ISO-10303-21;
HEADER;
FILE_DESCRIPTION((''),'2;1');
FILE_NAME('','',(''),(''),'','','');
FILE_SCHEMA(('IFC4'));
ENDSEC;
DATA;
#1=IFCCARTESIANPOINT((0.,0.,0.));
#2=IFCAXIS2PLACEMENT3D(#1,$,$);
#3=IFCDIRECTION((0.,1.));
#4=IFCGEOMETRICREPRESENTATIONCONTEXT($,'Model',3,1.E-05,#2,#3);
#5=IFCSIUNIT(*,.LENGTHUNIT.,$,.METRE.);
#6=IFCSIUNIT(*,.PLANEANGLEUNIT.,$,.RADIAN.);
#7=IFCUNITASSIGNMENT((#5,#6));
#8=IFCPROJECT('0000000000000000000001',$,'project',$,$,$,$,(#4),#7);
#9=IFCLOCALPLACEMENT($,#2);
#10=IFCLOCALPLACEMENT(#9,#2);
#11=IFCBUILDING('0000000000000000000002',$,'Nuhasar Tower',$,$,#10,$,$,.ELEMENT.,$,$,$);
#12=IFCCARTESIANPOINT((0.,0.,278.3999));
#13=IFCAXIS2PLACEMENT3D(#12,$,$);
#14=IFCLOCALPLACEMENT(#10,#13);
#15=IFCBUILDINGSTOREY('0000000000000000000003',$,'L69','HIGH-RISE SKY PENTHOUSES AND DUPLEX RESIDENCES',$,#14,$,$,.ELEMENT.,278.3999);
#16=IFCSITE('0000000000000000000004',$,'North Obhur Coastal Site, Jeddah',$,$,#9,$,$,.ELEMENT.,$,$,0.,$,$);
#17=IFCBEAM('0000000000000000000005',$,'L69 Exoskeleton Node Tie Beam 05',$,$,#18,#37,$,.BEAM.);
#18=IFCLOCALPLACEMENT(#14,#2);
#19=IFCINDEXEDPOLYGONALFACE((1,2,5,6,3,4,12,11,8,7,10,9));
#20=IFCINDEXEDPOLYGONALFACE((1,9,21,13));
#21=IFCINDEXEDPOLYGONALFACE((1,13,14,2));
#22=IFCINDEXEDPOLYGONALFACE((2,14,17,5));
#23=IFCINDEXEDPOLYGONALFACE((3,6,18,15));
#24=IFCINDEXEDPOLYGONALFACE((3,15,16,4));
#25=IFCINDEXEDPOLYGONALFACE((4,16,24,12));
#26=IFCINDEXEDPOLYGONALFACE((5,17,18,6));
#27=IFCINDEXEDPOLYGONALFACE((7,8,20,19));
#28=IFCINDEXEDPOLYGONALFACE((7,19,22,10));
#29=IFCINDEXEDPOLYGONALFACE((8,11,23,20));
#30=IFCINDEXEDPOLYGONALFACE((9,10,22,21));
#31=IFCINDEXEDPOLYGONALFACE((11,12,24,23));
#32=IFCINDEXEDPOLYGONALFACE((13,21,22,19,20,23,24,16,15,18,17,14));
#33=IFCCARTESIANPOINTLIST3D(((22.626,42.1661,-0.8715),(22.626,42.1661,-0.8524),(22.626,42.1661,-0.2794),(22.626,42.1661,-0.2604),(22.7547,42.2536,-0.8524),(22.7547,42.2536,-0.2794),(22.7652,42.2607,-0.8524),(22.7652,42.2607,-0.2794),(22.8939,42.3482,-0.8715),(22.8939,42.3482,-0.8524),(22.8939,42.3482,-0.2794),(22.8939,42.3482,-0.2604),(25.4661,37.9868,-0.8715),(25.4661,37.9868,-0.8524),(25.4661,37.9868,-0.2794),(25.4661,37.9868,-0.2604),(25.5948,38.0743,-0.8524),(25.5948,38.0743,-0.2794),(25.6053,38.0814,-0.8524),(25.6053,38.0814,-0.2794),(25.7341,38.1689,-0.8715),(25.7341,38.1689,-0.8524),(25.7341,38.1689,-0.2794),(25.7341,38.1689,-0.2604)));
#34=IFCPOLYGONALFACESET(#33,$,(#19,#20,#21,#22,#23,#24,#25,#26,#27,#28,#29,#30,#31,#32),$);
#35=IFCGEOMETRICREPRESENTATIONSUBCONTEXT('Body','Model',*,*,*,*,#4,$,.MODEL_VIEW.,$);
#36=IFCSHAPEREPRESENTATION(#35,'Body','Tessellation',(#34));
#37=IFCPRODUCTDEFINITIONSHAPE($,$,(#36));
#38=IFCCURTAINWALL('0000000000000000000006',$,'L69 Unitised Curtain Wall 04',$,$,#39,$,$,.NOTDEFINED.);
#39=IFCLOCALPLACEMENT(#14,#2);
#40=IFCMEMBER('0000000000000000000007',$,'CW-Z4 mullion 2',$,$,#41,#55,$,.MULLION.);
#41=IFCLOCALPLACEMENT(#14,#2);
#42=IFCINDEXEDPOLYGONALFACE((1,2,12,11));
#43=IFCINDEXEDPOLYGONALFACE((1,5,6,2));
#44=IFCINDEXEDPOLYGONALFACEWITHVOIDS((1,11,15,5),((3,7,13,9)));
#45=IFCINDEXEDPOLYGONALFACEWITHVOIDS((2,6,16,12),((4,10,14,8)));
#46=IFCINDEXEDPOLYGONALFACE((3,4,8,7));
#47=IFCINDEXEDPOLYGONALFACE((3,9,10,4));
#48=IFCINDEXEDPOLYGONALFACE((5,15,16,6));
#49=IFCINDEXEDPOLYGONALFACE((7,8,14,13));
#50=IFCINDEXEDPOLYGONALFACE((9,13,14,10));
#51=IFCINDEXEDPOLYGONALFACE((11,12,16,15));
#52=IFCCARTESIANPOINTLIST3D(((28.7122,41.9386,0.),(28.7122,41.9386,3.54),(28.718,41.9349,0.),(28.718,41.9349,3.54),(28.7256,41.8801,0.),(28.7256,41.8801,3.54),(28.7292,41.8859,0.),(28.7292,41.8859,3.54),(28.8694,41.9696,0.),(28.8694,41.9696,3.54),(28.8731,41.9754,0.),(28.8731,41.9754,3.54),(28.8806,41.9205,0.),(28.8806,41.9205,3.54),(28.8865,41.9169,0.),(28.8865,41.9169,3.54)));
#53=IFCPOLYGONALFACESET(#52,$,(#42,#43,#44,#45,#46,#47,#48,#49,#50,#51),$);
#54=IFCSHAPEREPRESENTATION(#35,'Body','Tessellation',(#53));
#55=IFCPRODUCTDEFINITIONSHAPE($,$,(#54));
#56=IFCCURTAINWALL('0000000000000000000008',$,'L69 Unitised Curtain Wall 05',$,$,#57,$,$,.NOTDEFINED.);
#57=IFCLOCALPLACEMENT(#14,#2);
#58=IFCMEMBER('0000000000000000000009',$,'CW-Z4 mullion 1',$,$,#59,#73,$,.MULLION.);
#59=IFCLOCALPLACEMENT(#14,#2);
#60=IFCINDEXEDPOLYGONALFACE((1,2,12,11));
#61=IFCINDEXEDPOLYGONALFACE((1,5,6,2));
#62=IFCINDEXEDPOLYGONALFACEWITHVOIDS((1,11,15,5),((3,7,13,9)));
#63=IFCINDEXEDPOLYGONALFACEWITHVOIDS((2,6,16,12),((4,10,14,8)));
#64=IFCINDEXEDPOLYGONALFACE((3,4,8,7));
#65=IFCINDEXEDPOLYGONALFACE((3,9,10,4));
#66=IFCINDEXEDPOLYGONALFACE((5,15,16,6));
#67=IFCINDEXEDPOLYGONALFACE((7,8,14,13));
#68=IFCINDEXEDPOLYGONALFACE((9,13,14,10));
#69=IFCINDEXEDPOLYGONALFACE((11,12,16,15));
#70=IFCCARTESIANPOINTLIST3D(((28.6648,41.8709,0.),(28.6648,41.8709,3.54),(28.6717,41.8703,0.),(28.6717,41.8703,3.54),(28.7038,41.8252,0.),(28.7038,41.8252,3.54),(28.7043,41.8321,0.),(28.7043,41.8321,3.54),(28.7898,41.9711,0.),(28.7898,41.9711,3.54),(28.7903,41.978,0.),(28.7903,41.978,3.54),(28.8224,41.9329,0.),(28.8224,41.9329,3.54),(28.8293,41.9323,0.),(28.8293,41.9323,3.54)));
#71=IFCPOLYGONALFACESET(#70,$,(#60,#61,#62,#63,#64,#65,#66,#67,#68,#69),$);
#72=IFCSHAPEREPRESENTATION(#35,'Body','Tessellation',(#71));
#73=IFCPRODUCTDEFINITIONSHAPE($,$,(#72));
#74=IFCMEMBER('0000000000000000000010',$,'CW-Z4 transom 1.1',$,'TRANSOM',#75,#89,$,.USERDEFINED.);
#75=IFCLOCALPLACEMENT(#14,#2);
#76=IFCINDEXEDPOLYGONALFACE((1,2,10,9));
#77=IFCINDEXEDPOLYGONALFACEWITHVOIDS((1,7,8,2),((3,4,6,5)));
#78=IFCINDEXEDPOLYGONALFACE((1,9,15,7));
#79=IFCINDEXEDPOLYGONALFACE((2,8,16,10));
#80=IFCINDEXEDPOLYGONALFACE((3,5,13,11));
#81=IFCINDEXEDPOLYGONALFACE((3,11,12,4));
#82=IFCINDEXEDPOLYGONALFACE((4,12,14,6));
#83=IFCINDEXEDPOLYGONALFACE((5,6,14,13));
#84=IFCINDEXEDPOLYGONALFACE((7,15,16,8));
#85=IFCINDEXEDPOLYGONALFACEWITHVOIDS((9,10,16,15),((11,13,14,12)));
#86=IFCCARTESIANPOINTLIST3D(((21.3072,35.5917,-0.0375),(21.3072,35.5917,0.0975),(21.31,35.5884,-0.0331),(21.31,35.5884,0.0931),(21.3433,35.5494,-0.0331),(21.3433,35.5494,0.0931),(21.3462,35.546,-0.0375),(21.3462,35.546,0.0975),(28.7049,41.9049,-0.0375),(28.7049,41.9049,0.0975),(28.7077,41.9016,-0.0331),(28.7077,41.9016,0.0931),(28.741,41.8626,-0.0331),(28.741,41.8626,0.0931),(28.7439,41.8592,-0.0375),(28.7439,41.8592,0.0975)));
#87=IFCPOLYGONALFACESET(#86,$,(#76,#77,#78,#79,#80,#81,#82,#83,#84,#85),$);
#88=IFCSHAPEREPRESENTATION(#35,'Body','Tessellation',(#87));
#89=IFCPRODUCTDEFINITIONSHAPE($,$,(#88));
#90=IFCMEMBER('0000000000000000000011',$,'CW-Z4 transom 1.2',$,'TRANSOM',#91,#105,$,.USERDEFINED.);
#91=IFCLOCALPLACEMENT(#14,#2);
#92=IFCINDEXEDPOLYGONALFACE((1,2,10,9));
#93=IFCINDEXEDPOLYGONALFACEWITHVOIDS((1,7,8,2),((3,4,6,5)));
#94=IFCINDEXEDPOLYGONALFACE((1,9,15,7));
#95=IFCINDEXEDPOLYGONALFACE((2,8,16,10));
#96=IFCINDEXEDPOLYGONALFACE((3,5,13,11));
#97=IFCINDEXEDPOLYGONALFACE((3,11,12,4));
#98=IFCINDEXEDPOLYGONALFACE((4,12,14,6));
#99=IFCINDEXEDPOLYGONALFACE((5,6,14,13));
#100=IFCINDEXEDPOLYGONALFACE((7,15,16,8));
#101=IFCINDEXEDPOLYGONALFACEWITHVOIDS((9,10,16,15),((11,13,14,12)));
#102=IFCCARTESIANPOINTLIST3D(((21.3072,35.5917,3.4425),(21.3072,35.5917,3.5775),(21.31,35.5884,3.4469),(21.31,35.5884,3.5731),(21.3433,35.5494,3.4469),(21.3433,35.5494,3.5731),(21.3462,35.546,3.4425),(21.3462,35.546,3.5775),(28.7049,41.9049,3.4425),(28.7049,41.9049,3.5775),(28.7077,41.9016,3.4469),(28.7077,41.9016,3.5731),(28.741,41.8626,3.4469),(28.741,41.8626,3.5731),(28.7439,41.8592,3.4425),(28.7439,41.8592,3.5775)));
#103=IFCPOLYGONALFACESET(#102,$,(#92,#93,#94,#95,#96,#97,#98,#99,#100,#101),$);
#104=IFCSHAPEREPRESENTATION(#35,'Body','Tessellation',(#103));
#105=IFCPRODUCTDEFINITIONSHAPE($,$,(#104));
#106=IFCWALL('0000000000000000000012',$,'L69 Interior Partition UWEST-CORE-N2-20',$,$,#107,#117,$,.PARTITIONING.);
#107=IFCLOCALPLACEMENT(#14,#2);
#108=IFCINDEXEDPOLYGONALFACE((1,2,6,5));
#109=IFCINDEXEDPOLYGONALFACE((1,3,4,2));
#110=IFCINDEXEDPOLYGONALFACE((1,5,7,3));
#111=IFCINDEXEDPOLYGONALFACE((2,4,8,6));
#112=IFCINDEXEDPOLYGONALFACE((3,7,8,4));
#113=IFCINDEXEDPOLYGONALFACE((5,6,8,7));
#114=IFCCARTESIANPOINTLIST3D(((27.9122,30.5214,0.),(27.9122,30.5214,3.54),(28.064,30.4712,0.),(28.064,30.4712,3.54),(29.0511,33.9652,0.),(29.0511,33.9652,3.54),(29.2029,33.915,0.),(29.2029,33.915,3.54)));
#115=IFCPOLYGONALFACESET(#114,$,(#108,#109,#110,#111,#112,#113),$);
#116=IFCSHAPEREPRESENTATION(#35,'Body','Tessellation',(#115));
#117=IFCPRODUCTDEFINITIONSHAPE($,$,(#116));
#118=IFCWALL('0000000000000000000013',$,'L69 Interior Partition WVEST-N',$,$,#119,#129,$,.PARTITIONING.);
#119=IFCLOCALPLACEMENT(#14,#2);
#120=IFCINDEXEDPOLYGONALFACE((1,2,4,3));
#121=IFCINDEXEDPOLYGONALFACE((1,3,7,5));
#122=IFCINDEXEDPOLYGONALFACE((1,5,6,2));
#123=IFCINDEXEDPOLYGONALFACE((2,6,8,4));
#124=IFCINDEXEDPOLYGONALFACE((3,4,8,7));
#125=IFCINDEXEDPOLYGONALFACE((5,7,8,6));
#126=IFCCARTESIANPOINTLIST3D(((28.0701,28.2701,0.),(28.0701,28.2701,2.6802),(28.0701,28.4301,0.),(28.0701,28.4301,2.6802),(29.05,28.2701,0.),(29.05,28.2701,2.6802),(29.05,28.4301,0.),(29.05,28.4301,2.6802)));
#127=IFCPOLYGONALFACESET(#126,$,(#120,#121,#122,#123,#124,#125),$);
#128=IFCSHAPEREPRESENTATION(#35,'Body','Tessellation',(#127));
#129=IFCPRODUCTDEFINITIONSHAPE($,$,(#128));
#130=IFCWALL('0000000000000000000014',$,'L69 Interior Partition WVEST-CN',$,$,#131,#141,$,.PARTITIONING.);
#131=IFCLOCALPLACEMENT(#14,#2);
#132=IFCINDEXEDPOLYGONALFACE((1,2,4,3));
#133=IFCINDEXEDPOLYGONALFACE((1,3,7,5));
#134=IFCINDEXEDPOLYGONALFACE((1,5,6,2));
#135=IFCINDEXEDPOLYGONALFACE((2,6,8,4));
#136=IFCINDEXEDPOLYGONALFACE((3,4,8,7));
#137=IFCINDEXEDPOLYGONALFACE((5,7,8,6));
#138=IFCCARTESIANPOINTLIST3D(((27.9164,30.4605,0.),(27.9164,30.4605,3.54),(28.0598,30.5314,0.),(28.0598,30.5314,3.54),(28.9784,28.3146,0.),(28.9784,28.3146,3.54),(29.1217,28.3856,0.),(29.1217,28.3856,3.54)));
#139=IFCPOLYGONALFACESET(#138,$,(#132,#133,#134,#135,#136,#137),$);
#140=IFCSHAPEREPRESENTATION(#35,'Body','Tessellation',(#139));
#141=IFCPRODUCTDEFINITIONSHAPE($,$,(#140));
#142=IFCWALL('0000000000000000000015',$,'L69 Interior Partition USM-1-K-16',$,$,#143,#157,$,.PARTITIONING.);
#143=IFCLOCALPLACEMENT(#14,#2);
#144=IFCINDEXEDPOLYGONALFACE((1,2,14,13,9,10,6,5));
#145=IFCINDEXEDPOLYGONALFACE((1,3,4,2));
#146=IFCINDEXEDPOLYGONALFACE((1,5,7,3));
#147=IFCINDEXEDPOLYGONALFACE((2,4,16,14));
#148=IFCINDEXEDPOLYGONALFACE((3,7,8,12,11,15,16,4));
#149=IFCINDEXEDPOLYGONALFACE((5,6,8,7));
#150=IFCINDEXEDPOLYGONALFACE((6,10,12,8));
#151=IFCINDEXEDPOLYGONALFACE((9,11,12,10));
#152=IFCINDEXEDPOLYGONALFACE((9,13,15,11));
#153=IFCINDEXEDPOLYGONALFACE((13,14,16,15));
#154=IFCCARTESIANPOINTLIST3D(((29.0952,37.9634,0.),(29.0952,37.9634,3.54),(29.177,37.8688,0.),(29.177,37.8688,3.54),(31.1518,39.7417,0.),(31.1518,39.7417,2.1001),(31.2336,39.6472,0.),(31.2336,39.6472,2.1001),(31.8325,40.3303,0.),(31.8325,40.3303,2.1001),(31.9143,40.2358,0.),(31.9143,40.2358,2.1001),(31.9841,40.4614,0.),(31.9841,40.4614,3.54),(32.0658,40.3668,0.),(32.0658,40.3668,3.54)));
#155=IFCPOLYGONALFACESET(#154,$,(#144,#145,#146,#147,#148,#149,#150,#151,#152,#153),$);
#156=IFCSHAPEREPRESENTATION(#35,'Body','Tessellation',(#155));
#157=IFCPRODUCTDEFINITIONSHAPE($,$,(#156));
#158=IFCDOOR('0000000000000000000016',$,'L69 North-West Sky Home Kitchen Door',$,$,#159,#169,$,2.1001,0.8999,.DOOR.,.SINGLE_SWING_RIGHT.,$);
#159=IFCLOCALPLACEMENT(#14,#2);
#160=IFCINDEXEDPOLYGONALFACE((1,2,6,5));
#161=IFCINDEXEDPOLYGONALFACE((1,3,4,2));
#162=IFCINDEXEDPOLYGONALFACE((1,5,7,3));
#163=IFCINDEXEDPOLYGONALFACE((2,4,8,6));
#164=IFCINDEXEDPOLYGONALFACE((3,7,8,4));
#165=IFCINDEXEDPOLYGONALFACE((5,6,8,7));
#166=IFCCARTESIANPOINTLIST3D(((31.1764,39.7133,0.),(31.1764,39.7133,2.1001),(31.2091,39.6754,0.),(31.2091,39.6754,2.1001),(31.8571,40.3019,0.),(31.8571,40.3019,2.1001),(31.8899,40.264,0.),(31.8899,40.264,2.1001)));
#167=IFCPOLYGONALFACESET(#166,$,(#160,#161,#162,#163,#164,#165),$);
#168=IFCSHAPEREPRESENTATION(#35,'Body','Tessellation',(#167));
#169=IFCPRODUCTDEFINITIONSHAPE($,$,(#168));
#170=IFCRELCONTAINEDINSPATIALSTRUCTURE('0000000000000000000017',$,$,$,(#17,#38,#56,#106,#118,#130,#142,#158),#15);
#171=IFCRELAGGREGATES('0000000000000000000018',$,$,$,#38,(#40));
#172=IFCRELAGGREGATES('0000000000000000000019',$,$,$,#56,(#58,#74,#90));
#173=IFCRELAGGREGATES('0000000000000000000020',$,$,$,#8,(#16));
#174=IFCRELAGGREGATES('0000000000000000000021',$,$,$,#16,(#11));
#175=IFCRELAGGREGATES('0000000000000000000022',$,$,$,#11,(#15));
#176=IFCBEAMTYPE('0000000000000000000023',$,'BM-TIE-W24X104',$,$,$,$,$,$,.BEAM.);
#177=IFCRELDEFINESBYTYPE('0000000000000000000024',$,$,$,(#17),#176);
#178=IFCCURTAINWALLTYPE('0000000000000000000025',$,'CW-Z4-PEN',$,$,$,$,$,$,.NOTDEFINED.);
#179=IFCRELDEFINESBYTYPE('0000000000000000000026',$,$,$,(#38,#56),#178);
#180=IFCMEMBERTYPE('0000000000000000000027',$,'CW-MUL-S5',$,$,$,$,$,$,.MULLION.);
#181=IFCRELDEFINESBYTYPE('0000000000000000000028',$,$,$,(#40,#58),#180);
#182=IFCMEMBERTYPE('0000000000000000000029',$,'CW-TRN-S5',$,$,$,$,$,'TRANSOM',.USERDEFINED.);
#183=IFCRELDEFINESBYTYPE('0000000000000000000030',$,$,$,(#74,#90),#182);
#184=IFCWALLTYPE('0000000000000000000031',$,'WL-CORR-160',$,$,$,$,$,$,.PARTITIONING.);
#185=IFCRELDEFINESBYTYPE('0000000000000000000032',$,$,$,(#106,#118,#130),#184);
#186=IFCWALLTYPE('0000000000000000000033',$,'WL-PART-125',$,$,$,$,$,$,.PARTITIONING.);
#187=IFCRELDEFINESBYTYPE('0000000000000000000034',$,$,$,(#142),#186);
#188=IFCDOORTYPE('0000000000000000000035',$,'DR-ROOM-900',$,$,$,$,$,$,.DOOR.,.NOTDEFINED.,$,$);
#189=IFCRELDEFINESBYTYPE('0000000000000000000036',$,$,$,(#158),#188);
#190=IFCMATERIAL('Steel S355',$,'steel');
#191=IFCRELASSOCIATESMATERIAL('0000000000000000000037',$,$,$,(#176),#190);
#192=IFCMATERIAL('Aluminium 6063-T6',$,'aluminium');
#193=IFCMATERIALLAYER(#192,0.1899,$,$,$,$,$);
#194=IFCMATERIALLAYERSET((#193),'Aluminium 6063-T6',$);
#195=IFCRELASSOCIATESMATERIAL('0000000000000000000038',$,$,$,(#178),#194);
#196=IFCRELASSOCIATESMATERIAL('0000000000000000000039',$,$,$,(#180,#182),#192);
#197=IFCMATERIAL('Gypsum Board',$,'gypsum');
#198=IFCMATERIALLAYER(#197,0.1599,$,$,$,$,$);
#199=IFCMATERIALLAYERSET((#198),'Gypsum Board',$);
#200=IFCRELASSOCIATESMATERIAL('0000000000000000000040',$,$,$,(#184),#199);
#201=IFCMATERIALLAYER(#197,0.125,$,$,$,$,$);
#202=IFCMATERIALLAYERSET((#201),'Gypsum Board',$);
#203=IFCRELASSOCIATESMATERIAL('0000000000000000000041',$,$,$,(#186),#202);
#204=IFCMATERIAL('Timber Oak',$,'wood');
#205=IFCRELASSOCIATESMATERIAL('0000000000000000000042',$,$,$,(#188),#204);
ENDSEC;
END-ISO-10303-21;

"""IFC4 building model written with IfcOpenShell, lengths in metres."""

from ifc_helpers import new_model, si_unit, direction, frame, frame_2d, origin, origin_2d, place, context, subcontext, project, spatial, rectangle, hollow_rectangle, i_section, extrude, material, layer, layer_set, material_profile, profile_set, type_object, element, fill, aggregate, save


model = new_model("IFC4")

# Units and contexts
model_context = context("Model", 3, precision=1e-05, world=origin(), true_north=direction((0.0, 1.0)))
body_context = subcontext(model_context, "Body", "Model", "MODEL_VIEW")
ifc_project = project(units=[si_unit("LENGTHUNIT", "METRE"), si_unit("PLANEANGLEUNIT", "RADIAN")], contexts=[model_context])

# Site, building, storey
site_placement = place(None, origin())
site = spatial("IfcSite", under=ifc_project, at=site_placement, Name="North Obhur Coastal Site, Jeddah", CompositionType="ELEMENT", RefElevation=0.0)
building_placement = place(site_placement, origin())
building = spatial("IfcBuilding", under=site, at=building_placement, Name="Nuhasar Tower", CompositionType="ELEMENT")
storey_placement = place(building_placement, frame((0.0, 0.0, 278.3999)))
storey = spatial("IfcBuildingStorey", under=building, at=storey_placement, Name="L69", Description="HIGH-RISE SKY PENTHOUSES AND DUPLEX RESIDENCES", CompositionType="ELEMENT", Elevation=278.3999)

# Beam
ifc_material_1 = material(Name="Steel S355", Category="steel")
ifc_material_profile_1 = material_profile(ifc_material_1, i_section(OverallWidth=0.324, OverallDepth=0.6111, WebThickness=0.0127, FlangeThickness=0.019, at=origin_2d()), Name="W24X104")
ifc_profile_set_1 = profile_set([ifc_material_profile_1], Name="Steel S355")
beam_type_1 = type_object("IfcBeamType", Name="BM-TIE-W24X104", PredefinedType="BEAM", material=ifc_profile_set_1)
beam_1_placement = place(storey_placement, frame((25.6001, 38.0779, -0.5659), z_axis=(-0.562071, 0.827089, 0.0), x_axis=(-0.827089, -0.562071, 0.0)))
element("IfcBeam", 1, at=beam_1_placement, inside=storey, type_object=beam_type_1, Name="L69 Exoskeleton Node Tie Beam 05", PredefinedType="BEAM", context=body_context, shape_type="SweptSolid", body=[
    extrude(i_section(OverallWidth=0.324, OverallDepth=0.6111, WebThickness=0.0127, FlangeThickness=0.019, at=origin_2d()), origin(), (0.0, 0.0, 1.0), 5.053),
])

# Curtain wall, member
ifc_material_2 = material(Name="Aluminium 6063-T6", Category="aluminium")
ifc_layer_1 = layer(ifc_material_2, 0.1899)
ifc_layer_set_1 = layer_set([ifc_layer_1], Name="Aluminium 6063-T6")
curtain_wall_type = type_object("IfcCurtainWallType", Name="CW-Z4-PEN", PredefinedType="NOTDEFINED", material=ifc_layer_set_1)
curtain_wall_1_placement = place(storey_placement, origin())
curtain_wall_1 = element("IfcCurtainWall", 2, at=curtain_wall_1_placement, inside=storey, type_object=curtain_wall_type, Name="L69 Unitised Curtain Wall 04", PredefinedType="NOTDEFINED")
ifc_material_profile_2 = material_profile(ifc_material_2, hollow_rectangle(XDim=0.0601, YDim=0.165, WallThickness=0.0049, at=origin_2d()), Name="CWM-5")
ifc_profile_set_2 = profile_set([ifc_material_profile_2], Name="Aluminium 6063-T6")
member_type_1 = type_object("IfcMemberType", Name="CW-MUL-S5", PredefinedType="MULLION", material=ifc_profile_set_2)
member_1_placement = place(storey_placement, frame((28.7993, 41.9277, 0.0), z_axis=(0.0, 0.0, 1.0), x_axis=(0.222889, -0.974844, 0.0)))
member_1 = element("IfcMember", 3, at=member_1_placement, type_object=member_type_1, Name="CW-Z4 mullion 2", PredefinedType="MULLION", context=body_context, shape_type="SweptSolid", body=[
    extrude(hollow_rectangle(XDim=0.0601, YDim=0.165, WallThickness=0.0049, at=origin_2d()), origin(), (0.0, 0.0, 1.0), 3.54),
])
aggregate(curtain_wall_1, [member_1])

# Curtain wall, members
curtain_wall_2_placement = place(storey_placement, origin())
curtain_wall_2 = element("IfcCurtainWall", 4, at=curtain_wall_2_placement, inside=storey, type_object=curtain_wall_type, Name="L69 Unitised Curtain Wall 05", PredefinedType="NOTDEFINED")
member_2_placement = place(storey_placement, frame((28.7471, 41.9016, 0.0), z_axis=(0.0, 0.0, 1.0), x_axis=(0.649142, -0.760667, 0.0)))
member_2 = element("IfcMember", 5, at=member_2_placement, type_object=member_type_1, Name="CW-Z4 mullion 1", PredefinedType="MULLION", context=body_context, shape_type="SweptSolid", body=[
    extrude(hollow_rectangle(XDim=0.0601, YDim=0.165, WallThickness=0.0049, at=origin_2d()), origin(), (0.0, 0.0, 1.0), 3.54),
])
ifc_material_profile_3 = material_profile(ifc_material_2, hollow_rectangle(XDim=0.0601, YDim=0.135, WallThickness=0.0044, at=origin_2d()), Name="CWT-5")
ifc_profile_set_3 = profile_set([ifc_material_profile_3], Name="Aluminium 6063-T6")
member_type_2 = type_object("IfcMemberType", Name="CW-TRN-S5", ElementType="TRANSOM", PredefinedType="USERDEFINED", material=ifc_profile_set_3)
member_3_placement = place(storey_placement, frame((28.7244, 41.8821, 0.03), z_axis=(-0.76066, -0.64915, 0.0), x_axis=(0.64915, -0.76066, 0.0)))
member_3 = element("IfcMember", 6, at=member_3_placement, type_object=member_type_2, Name="CW-Z4 transom 1.1", ObjectType="TRANSOM", PredefinedType="USERDEFINED", context=body_context, shape_type="SweptSolid", body=[
    extrude(hollow_rectangle(XDim=0.0601, YDim=0.135, WallThickness=0.0044, at=origin_2d()), origin(), (0.0, 0.0, 1.0), 9.7253),
])
member_4_placement = place(storey_placement, frame((28.7244, 41.8821, 3.51), z_axis=(-0.76066, -0.64915, 0.0), x_axis=(0.64915, -0.76066, 0.0)))
member_4 = element("IfcMember", 7, at=member_4_placement, type_object=member_type_2, Name="CW-Z4 transom 1.2", ObjectType="TRANSOM", PredefinedType="USERDEFINED", context=body_context, shape_type="SweptSolid", body=[
    extrude(hollow_rectangle(XDim=0.0601, YDim=0.135, WallThickness=0.0044, at=origin_2d()), origin(), (0.0, 0.0, 1.0), 9.7253),
])
aggregate(curtain_wall_2, [member_2, member_3, member_4])

# Wall
ifc_material_3 = material(Name="Gypsum Board", Category="gypsum")
ifc_layer_2 = layer(ifc_material_3, 0.1599)
ifc_layer_set_2 = layer_set([ifc_layer_2], Name="Gypsum Board")
wall_type_1 = type_object("IfcWallType", Name="WL-CORR-160", PredefinedType="PARTITIONING", material=ifc_layer_set_2)
wall_1_placement = place(storey_placement, frame((29.127, 33.9399, 0.0), z_axis=(0.0, 0.0, 1.0), x_axis=(-0.313986, -0.949428, 0.0)))
element("IfcWall", 8, at=wall_1_placement, inside=storey, type_object=wall_type_1, Name="L69 Interior Partition UWEST-CORE-N2-20", PredefinedType="PARTITIONING", context=body_context, shape_type="SweptSolid", body=[
    extrude(rectangle(XDim=3.6272, YDim=0.1599, at=frame_2d((1.8135, 0.0))), origin(), (0.0, 0.0, 1.0), 3.54),
])

# Shared definitions
ifc_material_4 = material(Name="Timber Oak", Category="wood")

# Walls
wall_2_placement = place(storey_placement, frame((28.0701, 28.3501, 0.0), z_axis=(0.0, 0.0, 1.0), x_axis=(1.0, 0.0, 0.0)))
element("IfcWall", 9, at=wall_2_placement, inside=storey, type_object=wall_type_1, Name="L69 Interior Partition WVEST-N", PredefinedType="PARTITIONING", context=body_context, shape_type="SweptSolid", body=[
    extrude(rectangle(XDim=0.98, YDim=0.1599, at=frame_2d((0.49, 0.0))), origin(), (0.0, 0.0, 1.0), 2.6802),
])
wall_3_placement = place(storey_placement, frame((27.988, 30.4961, 0.0), z_axis=(0.0, 0.0, 1.0), x_axis=(0.443539, -0.896255, 0.0)))
element("IfcWall", 10, at=wall_3_placement, inside=storey, type_object=wall_type_1, Name="L69 Interior Partition WVEST-CN", PredefinedType="PARTITIONING", context=body_context, shape_type="SweptSolid", body=[
    extrude(rectangle(XDim=2.3943, YDim=0.1599, at=frame_2d((1.1973, 0.0))), origin(), (0.0, 0.0, 1.0), 3.54),
])

# Wall, opening, door
ifc_layer_3 = layer(ifc_material_3, 0.125)
ifc_layer_set_3 = layer_set([ifc_layer_3], Name="Gypsum Board")
wall_type_2 = type_object("IfcWallType", Name="WL-PART-125", PredefinedType="PARTITIONING", material=ifc_layer_set_3)
wall_4_placement = place(storey_placement, frame((29.136, 37.916, 0.0), z_axis=(0.0, 0.0, 1.0), x_axis=(0.756425, 0.654081, 0.0)))
wall_4 = element("IfcWall", 11, at=wall_4_placement, inside=storey, type_object=wall_type_2, Name="L69 Interior Partition USM-1-K-16", PredefinedType="PARTITIONING", context=body_context, shape_type="SweptSolid", body=[
    extrude(rectangle(XDim=3.8191, YDim=0.125, at=frame_2d((1.9097, 0.0))), origin(), (0.0, 0.0, 1.0), 3.54),
])
opening_1_placement = place(wall_4_placement, frame((2.719, 0.0, 0.0)))
opening_1 = element("IfcOpeningElement", 12, at=opening_1_placement, cuts=wall_4, PredefinedType="OPENING", context=body_context, shape_type="SweptSolid", body=[
    extrude(rectangle(XDim=0.8999, YDim=2.1001, at=frame_2d((0.45, 1.05))), frame((0.0, 0.0725, 0.0), z_axis=(0.0, -1.0, 0.0), x_axis=(1.0, 0.0, 0.0)), (0.0, 0.0, 1.0), 0.145),
])
door_type_1 = type_object("IfcDoorType", Name="DR-ROOM-900", OperationType="NOTDEFINED", PredefinedType="DOOR", material=ifc_material_4)
door_1_placement = place(opening_1_placement, origin())
door_1 = element("IfcDoor", 13, at=door_1_placement, inside=storey, type_object=door_type_1, Name="L69 North-West Sky Home Kitchen Door", OperationType="SINGLE_SWING_RIGHT", OverallHeight=2.1001, OverallWidth=0.8999, PredefinedType="DOOR", context=body_context, shape_type="SweptSolid", body=[
    extrude(rectangle(XDim=0.8999, YDim=2.1001, at=frame_2d((0.45, 1.05))), frame((0.0, 0.0249, 0.0), z_axis=(0.0, -1.0, 0.0), x_axis=(1.0, 0.0, 0.0)), (0.0, 0.0, 1.0), 0.05),
])
fill(opening_1, door_1)

save(model, "model.ifc")
